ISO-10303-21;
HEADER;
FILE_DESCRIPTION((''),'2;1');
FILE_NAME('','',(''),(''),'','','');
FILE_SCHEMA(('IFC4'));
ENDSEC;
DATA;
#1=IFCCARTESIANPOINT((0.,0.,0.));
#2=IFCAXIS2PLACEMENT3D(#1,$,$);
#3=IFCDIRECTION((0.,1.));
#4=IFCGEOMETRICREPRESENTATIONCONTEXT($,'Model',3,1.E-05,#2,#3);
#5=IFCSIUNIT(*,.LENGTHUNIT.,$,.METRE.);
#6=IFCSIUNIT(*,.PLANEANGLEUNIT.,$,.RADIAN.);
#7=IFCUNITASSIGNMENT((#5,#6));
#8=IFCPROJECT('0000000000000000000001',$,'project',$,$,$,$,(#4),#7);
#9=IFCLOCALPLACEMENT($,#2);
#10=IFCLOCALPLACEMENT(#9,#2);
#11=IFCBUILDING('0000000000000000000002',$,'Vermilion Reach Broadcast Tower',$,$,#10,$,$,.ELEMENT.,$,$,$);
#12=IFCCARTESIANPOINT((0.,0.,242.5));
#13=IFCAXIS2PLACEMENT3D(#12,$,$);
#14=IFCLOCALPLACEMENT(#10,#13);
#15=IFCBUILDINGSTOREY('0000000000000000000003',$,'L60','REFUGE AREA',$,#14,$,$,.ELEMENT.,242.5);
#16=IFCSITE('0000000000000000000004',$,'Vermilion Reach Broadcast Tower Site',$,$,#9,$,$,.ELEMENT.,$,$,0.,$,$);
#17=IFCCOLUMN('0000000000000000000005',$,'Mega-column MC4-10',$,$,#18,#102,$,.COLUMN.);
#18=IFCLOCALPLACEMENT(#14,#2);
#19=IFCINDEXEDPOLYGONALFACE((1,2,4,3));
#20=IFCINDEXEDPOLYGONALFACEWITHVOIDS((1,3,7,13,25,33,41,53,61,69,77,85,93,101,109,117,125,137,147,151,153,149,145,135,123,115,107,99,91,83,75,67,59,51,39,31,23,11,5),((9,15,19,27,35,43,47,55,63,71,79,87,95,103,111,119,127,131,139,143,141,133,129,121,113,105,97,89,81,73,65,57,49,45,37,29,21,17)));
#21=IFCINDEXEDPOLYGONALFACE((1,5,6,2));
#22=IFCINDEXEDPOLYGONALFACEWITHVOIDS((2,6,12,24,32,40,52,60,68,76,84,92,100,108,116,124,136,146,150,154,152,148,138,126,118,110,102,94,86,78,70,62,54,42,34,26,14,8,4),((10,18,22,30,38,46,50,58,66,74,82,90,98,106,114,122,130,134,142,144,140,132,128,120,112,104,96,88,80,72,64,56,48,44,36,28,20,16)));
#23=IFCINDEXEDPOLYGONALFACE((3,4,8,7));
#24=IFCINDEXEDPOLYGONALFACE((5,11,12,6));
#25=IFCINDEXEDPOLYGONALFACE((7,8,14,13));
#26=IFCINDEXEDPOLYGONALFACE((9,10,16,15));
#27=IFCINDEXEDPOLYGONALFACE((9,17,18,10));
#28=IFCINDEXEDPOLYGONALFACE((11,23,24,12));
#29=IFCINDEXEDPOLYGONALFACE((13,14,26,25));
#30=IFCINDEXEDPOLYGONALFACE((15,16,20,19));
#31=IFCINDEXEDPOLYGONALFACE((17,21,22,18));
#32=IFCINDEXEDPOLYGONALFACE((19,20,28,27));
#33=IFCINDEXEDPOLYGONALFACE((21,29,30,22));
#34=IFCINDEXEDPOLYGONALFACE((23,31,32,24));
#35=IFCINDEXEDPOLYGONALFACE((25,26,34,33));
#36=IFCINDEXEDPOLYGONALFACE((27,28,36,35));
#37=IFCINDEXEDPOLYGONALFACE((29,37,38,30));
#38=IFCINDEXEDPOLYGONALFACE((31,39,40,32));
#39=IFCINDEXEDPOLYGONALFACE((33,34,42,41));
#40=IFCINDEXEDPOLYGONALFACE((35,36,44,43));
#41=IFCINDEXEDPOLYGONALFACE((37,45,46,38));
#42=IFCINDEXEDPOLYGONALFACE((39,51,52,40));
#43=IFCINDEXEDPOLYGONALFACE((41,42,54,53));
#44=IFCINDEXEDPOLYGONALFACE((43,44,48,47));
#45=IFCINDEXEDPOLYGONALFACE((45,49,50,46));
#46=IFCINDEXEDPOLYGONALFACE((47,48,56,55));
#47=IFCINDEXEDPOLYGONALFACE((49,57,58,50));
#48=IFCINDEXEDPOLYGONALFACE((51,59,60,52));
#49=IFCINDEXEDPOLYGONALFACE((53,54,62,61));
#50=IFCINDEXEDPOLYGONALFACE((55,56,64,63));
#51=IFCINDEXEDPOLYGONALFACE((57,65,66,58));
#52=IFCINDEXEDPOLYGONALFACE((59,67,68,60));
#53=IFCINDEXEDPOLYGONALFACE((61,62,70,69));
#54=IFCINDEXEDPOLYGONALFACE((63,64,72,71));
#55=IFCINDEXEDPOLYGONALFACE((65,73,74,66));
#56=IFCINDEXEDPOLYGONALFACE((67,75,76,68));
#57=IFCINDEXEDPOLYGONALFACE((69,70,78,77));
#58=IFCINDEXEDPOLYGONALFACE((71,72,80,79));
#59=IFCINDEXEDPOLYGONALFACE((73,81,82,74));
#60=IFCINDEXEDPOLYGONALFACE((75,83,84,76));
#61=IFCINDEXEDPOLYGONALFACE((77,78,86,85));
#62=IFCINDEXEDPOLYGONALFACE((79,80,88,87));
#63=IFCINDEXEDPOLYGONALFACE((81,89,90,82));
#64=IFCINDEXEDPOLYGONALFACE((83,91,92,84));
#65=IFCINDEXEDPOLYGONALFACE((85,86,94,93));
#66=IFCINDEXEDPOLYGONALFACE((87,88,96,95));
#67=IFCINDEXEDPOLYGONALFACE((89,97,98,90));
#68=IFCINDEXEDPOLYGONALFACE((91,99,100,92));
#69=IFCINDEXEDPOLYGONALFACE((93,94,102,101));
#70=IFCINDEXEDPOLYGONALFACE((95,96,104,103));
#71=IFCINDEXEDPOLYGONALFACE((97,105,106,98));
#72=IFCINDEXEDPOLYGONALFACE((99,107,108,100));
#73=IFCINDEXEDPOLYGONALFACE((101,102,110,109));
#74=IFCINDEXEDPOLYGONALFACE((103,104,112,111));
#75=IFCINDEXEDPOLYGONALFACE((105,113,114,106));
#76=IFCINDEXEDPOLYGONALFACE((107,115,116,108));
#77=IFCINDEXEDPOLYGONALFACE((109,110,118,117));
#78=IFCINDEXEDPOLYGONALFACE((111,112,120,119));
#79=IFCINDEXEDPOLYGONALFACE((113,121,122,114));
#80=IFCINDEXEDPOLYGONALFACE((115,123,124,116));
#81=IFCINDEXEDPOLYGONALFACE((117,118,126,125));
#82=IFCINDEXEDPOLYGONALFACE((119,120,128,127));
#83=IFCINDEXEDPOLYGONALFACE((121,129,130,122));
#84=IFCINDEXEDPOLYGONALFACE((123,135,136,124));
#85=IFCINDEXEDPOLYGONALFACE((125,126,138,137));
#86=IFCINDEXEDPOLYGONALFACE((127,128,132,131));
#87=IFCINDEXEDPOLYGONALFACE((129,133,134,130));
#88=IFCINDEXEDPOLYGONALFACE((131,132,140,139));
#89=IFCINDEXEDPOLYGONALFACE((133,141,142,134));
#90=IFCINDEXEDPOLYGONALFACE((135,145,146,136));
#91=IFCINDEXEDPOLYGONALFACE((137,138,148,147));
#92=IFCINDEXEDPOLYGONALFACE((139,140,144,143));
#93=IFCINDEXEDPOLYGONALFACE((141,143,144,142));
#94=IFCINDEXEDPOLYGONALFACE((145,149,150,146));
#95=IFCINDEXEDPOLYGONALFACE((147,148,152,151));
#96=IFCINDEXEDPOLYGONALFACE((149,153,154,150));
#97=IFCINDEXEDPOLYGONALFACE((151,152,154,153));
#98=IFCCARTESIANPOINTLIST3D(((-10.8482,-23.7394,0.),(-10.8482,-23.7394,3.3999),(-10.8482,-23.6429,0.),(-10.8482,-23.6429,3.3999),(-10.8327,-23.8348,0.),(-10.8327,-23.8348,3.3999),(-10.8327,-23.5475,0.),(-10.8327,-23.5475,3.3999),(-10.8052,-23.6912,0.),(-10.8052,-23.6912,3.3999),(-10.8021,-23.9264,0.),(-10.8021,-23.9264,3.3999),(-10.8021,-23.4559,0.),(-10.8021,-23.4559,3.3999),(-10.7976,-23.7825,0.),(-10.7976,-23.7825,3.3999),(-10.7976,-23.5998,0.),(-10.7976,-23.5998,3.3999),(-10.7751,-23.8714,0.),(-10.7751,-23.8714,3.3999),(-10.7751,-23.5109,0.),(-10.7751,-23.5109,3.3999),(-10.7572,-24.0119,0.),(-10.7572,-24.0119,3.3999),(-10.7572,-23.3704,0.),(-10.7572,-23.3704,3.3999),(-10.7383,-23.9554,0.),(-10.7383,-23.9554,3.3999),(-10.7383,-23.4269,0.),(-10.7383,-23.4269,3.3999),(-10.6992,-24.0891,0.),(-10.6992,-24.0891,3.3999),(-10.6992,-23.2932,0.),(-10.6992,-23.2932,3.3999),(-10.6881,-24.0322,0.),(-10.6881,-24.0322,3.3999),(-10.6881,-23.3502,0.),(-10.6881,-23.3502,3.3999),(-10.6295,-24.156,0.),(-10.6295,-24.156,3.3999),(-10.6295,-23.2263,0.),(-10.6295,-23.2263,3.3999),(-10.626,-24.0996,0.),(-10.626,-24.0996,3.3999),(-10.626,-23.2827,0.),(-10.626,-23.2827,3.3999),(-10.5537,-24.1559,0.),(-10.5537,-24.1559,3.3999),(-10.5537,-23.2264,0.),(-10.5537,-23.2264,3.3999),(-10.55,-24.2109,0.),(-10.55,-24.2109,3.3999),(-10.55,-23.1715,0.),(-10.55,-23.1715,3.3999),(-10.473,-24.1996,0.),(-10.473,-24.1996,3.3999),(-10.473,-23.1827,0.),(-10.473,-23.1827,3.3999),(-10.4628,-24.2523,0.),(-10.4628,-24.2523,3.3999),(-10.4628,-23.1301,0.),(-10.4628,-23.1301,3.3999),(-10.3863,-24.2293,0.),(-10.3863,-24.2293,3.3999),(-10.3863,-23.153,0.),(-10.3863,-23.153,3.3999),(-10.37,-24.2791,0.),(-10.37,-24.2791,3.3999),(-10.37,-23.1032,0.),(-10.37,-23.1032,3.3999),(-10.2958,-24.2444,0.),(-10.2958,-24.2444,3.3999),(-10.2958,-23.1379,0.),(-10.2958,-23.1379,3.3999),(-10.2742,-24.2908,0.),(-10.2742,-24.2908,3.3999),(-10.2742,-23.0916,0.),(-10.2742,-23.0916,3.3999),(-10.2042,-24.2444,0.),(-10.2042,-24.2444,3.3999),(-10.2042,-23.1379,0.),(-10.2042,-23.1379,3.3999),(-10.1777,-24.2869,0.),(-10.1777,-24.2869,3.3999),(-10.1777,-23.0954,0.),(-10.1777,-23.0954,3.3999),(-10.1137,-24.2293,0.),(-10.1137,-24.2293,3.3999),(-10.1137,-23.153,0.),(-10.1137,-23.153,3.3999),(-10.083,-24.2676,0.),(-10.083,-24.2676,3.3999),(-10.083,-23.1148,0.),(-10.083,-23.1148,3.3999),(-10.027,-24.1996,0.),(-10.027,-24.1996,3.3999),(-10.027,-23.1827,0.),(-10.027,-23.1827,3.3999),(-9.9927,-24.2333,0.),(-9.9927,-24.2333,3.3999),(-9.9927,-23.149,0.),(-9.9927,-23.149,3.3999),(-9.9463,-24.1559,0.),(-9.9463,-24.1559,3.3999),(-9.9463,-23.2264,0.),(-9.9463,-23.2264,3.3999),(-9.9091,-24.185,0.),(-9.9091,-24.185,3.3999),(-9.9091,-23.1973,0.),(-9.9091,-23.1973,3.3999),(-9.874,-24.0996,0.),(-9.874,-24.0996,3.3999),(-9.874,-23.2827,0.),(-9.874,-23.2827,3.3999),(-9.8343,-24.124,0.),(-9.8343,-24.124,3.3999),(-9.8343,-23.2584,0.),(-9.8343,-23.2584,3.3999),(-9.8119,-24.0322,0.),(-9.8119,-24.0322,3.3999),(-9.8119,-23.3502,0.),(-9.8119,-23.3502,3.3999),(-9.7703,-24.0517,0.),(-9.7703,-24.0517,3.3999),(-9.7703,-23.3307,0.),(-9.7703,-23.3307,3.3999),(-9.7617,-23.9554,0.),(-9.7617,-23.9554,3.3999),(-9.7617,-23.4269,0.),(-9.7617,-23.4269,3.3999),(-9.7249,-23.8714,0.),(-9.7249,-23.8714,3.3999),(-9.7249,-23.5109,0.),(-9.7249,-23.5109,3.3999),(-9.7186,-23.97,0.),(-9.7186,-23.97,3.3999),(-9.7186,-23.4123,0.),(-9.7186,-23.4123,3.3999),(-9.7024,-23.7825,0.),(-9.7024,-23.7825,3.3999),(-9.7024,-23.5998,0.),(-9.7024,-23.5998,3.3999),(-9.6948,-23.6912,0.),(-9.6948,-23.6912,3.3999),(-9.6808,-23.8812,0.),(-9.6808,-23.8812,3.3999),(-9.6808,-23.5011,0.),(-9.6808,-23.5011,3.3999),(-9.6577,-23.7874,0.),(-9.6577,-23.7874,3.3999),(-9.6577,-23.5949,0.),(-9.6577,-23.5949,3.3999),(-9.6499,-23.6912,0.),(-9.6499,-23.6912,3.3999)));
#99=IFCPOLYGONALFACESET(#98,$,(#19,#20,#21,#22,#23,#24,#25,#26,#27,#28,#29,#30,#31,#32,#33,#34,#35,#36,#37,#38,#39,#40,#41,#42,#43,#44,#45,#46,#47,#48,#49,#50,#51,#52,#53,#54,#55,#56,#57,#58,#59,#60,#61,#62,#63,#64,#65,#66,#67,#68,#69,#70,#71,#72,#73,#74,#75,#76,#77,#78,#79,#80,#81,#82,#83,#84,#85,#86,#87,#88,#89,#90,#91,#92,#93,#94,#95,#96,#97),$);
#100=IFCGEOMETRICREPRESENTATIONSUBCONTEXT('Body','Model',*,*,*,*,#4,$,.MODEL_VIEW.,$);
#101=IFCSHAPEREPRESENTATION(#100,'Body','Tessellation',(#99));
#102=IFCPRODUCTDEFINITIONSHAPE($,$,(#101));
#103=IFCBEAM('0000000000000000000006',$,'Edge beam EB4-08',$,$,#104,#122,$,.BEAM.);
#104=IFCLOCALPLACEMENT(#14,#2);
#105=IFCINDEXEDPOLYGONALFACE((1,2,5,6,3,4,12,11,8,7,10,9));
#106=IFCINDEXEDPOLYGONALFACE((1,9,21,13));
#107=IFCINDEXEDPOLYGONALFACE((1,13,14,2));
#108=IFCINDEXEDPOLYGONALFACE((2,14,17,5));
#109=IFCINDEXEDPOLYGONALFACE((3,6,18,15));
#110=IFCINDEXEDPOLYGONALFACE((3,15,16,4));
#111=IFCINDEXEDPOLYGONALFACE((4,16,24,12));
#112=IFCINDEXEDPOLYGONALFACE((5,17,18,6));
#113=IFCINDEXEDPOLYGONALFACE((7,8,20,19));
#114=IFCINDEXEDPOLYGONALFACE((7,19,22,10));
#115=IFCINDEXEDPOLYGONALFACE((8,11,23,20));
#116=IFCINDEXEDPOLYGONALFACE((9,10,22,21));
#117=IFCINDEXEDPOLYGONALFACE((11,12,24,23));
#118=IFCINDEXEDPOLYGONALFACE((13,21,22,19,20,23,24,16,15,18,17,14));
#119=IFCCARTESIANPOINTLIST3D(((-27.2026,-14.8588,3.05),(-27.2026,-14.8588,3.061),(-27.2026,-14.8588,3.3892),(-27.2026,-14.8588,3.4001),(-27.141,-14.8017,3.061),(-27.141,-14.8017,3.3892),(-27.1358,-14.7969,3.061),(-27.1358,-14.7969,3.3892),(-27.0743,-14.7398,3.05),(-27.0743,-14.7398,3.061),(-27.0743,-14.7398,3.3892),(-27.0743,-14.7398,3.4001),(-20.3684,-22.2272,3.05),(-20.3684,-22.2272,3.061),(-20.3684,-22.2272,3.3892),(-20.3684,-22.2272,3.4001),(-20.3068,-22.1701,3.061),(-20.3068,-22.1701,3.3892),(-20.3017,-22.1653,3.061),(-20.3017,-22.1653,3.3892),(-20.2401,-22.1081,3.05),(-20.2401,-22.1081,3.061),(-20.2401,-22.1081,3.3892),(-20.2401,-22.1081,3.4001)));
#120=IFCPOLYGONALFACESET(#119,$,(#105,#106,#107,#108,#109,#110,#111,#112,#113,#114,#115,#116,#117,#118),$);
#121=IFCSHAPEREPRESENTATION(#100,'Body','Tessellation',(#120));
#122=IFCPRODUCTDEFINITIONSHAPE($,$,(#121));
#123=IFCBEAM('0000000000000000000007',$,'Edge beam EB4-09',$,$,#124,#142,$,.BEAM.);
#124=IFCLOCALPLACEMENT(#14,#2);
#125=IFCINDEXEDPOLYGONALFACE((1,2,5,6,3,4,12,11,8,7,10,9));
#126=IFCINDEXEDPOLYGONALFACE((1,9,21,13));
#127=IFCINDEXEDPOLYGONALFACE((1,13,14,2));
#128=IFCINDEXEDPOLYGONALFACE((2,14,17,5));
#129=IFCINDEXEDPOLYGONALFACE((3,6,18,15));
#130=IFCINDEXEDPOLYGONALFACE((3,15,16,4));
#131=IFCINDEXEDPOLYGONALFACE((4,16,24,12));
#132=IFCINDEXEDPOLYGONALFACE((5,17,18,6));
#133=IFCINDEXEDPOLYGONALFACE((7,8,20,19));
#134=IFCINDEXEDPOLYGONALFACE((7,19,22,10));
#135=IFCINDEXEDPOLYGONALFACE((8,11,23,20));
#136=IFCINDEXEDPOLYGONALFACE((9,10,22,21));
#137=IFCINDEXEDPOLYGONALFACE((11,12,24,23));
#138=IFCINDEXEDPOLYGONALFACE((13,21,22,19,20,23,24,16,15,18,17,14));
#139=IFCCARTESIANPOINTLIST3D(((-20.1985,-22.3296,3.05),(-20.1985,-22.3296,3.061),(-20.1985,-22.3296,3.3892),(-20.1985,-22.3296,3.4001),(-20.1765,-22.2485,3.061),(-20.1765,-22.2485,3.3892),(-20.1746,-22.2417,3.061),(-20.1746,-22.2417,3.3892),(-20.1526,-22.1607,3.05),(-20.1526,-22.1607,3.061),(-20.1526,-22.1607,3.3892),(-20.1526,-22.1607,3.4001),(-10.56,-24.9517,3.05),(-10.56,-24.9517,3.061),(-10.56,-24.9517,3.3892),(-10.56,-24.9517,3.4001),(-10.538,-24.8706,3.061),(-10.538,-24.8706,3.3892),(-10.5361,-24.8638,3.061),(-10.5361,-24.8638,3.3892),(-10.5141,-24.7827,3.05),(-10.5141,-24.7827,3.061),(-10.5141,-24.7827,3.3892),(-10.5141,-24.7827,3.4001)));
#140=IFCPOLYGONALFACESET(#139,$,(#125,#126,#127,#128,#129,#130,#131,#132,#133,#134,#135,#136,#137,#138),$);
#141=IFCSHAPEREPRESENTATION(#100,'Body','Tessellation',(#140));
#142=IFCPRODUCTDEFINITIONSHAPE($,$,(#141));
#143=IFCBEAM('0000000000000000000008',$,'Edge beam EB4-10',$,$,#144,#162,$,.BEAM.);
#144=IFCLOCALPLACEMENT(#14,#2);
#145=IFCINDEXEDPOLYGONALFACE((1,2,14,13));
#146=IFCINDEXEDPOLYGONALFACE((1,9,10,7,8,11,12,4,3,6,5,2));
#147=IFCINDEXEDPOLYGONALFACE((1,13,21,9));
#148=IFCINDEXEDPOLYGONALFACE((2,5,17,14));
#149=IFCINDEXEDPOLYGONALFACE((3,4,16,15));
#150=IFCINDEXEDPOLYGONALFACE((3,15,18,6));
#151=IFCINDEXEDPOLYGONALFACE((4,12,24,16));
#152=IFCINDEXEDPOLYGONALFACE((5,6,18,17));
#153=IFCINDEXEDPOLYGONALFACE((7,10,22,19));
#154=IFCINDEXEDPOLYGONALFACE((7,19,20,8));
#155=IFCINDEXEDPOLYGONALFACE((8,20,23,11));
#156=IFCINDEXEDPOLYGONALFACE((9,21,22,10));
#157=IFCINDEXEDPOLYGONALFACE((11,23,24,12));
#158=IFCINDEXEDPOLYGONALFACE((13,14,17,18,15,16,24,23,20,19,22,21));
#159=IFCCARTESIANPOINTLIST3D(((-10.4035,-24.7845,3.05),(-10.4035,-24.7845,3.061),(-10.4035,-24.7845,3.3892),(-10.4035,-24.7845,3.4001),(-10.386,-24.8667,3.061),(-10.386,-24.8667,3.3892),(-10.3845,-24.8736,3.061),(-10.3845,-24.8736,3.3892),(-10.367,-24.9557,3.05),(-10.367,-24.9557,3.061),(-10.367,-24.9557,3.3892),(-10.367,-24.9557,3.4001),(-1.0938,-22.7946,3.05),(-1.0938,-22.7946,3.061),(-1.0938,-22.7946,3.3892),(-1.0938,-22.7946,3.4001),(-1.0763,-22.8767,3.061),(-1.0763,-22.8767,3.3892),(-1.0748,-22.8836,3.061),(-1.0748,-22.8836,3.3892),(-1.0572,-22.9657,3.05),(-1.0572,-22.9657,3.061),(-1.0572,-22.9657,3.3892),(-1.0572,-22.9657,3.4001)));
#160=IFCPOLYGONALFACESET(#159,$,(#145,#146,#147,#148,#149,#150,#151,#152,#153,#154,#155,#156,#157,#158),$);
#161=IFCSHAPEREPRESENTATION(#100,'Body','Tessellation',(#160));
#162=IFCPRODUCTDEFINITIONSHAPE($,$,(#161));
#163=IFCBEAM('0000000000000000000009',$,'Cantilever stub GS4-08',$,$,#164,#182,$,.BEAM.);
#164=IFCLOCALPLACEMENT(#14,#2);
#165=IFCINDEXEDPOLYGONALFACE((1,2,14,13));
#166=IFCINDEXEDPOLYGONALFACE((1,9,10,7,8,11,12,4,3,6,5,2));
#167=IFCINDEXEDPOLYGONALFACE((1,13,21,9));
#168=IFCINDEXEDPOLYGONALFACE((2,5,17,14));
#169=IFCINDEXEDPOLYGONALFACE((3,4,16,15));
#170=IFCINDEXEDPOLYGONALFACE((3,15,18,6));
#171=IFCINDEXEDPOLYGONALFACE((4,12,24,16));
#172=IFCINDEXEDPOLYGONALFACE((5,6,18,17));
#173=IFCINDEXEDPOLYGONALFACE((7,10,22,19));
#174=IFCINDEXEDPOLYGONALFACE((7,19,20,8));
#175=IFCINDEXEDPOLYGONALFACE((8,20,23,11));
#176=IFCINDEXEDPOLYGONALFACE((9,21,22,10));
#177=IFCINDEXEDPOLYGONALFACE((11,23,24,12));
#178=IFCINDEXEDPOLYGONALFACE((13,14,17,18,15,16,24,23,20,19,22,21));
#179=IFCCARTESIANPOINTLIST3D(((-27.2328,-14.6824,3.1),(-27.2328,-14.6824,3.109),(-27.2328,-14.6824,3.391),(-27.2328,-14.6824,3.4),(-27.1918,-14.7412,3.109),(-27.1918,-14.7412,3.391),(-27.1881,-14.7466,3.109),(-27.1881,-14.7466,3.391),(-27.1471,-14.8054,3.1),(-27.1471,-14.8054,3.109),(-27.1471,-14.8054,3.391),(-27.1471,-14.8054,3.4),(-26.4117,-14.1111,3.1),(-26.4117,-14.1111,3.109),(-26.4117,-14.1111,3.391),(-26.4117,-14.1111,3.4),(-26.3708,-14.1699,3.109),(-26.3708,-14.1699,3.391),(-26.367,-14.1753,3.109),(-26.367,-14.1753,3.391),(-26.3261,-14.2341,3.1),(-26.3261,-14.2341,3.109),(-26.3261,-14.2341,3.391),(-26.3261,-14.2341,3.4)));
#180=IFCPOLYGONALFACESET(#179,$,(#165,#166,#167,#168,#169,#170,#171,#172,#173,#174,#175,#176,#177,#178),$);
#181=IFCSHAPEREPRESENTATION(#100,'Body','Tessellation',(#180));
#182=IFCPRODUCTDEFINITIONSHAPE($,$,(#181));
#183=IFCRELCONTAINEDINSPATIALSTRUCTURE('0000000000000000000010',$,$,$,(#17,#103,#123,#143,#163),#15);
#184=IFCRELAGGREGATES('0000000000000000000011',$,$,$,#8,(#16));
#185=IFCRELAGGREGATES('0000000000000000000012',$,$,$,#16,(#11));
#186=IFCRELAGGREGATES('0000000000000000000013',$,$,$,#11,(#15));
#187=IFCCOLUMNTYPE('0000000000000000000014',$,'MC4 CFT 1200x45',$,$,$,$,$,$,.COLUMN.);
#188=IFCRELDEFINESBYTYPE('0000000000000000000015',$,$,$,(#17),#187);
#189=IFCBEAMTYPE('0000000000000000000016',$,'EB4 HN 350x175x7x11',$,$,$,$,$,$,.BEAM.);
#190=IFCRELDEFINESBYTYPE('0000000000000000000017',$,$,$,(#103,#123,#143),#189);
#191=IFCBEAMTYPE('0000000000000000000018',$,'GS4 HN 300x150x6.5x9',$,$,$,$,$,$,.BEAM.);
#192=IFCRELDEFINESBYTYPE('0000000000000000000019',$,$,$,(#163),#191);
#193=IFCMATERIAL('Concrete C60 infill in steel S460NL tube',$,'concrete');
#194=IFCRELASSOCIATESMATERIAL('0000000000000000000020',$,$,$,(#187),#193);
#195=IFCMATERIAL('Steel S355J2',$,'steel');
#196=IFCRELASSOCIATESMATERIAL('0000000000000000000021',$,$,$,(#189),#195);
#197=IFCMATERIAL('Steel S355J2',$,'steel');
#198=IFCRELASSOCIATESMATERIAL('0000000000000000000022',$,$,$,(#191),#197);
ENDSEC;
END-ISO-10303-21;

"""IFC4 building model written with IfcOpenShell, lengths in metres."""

from ifc_helpers import new_model, si_unit, direction, frame, origin, origin_2d, place, context, subcontext, project, spatial, hollow_circle, i_section, extrude, material, material_profile, profile_set, type_object, element, save


model = new_model("IFC4")

# Units and contexts
model_context = context("Model", 3, precision=1e-05, world=origin(), true_north=direction((0.0, 1.0)))
body_context = subcontext(model_context, "Body", "Model", "MODEL_VIEW")
ifc_project = project(units=[si_unit("LENGTHUNIT", "METRE"), si_unit("PLANEANGLEUNIT", "RADIAN")], contexts=[model_context])

# Site, building, storey
site_placement = place(None, origin())
site = spatial("IfcSite", under=ifc_project, at=site_placement, Name="Vermilion Reach Broadcast Tower Site", CompositionType="ELEMENT", RefElevation=0.0)
building_placement = place(site_placement, origin())
building = spatial("IfcBuilding", under=site, at=building_placement, Name="Vermilion Reach Broadcast Tower", CompositionType="ELEMENT")
storey_placement = place(building_placement, frame((0.0, 0.0, 242.5)))
storey = spatial("IfcBuildingStorey", under=building, at=storey_placement, Name="L60", Description="REFUGE AREA", CompositionType="ELEMENT", Elevation=242.5)

# Column
ifc_material_1 = material(Name="Concrete C60 infill in steel S460NL tube", Category="concrete")
ifc_material_profile_1 = material_profile(ifc_material_1, hollow_circle(Radius=0.6001, WallThickness=0.0449, at=origin_2d()), Name="Concrete C60 infill in steel S460NL tube CFT 1200x45")
ifc_profile_set_1 = profile_set([ifc_material_profile_1], Name="Concrete C60 infill in steel S460NL tube")
column_type = type_object("IfcColumnType", Name="MC4 CFT 1200x45", PredefinedType="COLUMN", material=ifc_profile_set_1)
for number, where, z_axis, x_axis, name in (
    (1, (-10.25, -23.6912, 0.0), (0.0, 0.0, 1.0), (1.0, 0.0, 0.0), "Mega-column MC4-10"),
):
    element("IfcColumn", number, at=place(storey_placement, frame(where, z_axis=z_axis, x_axis=x_axis)), inside=storey, type_object=column_type, Name=name, PredefinedType="COLUMN", context=body_context, shape_type="SweptSolid", body=[
        extrude(hollow_circle(Radius=0.6001, WallThickness=0.0449, at=origin_2d()), origin(), (0.0, 0.0, 1.0), 3.3999),
    ])

# Beams
ifc_material_2 = material(Name="Steel S355J2", Category="steel")
ifc_material_profile_2 = material_profile(ifc_material_2, i_section(OverallWidth=0.175, OverallDepth=0.3501, WebThickness=0.0071, FlangeThickness=0.011, at=origin_2d()), Name="S355J2 HN 350x175x7x11")
ifc_profile_set_2 = profile_set([ifc_material_profile_2], Name="Steel S355J2")
beam_type_1 = type_object("IfcBeamType", Name="EB4 HN 350x175x7x11", PredefinedType="BEAM", material=ifc_profile_set_2)
beam_1_placement = place(storey_placement, frame((-27.1384, -14.7993, 3.2251), z_axis=(0.680031, -0.733184, 0.0), x_axis=(0.733184, 0.680031, 0.0)))
element("IfcBeam", 2, at=beam_1_placement, inside=storey, type_object=beam_type_1, Name="Edge beam EB4-08", PredefinedType="BEAM", context=body_context, shape_type="SweptSolid", body=[
    extrude(i_section(OverallWidth=0.175, OverallDepth=0.3501, WebThickness=0.0071, FlangeThickness=0.011, at=origin_2d()), origin(), (0.0, 0.0, 1.0), 10.0498),
])
beam_2_placement = place(storey_placement, frame((-20.1755, -22.2451, 3.2251), z_axis=(0.964931, -0.262503, 0.0), x_axis=(0.262503, 0.964931, 0.0)))
element("IfcBeam", 3, at=beam_2_placement, inside=storey, type_object=beam_type_1, Name="Edge beam EB4-09", PredefinedType="BEAM", context=body_context, shape_type="SweptSolid", body=[
    extrude(i_section(OverallWidth=0.175, OverallDepth=0.3501, WebThickness=0.0071, FlangeThickness=0.011, at=origin_2d()), origin(), (0.0, 0.0, 1.0), 9.9888),
])
beam_3_placement = place(storey_placement, frame((-10.3853, -24.8701, 3.2251), z_axis=(0.977909, 0.20903, 0.0), x_axis=(-0.20903, 0.977909, 0.0)))
element("IfcBeam", 4, at=beam_3_placement, inside=storey, type_object=beam_type_1, Name="Edge beam EB4-10", PredefinedType="BEAM", context=body_context, shape_type="SweptSolid", body=[
    extrude(i_section(OverallWidth=0.175, OverallDepth=0.3501, WebThickness=0.0071, FlangeThickness=0.011, at=origin_2d()), origin(), (0.0, 0.0, 1.0), 9.52),
])
ifc_material_3 = material(Name="Steel S355J2", Category="steel")
ifc_material_profile_3 = material_profile(ifc_material_3, i_section(OverallWidth=0.1499, OverallDepth=0.3, WebThickness=0.0066, FlangeThickness=0.009, at=origin_2d()), Name="S355J2 HN 300x150x6.5x9")
ifc_profile_set_3 = profile_set([ifc_material_profile_3], Name="Steel S355J2")
beam_type_2 = type_object("IfcBeamType", Name="GS4 HN 300x150x6.5x9", PredefinedType="BEAM", material=ifc_profile_set_3)
beam_4_placement = place(storey_placement, frame((-26.3689, -14.1726, 3.25), z_axis=(-0.820845, -0.57115, 0.0), x_axis=(0.57115, -0.820845, 0.0)))
element("IfcBeam", 5, at=beam_4_placement, inside=storey, type_object=beam_type_2, Name="Cantilever stub GS4-08", PredefinedType="BEAM", context=body_context, shape_type="SweptSolid", body=[
    extrude(i_section(OverallWidth=0.1499, OverallDepth=0.3, WebThickness=0.0066, FlangeThickness=0.009, at=origin_2d()), origin(), (0.0, 0.0, 1.0), 1.0002),
])

save(model, "model.ifc")
